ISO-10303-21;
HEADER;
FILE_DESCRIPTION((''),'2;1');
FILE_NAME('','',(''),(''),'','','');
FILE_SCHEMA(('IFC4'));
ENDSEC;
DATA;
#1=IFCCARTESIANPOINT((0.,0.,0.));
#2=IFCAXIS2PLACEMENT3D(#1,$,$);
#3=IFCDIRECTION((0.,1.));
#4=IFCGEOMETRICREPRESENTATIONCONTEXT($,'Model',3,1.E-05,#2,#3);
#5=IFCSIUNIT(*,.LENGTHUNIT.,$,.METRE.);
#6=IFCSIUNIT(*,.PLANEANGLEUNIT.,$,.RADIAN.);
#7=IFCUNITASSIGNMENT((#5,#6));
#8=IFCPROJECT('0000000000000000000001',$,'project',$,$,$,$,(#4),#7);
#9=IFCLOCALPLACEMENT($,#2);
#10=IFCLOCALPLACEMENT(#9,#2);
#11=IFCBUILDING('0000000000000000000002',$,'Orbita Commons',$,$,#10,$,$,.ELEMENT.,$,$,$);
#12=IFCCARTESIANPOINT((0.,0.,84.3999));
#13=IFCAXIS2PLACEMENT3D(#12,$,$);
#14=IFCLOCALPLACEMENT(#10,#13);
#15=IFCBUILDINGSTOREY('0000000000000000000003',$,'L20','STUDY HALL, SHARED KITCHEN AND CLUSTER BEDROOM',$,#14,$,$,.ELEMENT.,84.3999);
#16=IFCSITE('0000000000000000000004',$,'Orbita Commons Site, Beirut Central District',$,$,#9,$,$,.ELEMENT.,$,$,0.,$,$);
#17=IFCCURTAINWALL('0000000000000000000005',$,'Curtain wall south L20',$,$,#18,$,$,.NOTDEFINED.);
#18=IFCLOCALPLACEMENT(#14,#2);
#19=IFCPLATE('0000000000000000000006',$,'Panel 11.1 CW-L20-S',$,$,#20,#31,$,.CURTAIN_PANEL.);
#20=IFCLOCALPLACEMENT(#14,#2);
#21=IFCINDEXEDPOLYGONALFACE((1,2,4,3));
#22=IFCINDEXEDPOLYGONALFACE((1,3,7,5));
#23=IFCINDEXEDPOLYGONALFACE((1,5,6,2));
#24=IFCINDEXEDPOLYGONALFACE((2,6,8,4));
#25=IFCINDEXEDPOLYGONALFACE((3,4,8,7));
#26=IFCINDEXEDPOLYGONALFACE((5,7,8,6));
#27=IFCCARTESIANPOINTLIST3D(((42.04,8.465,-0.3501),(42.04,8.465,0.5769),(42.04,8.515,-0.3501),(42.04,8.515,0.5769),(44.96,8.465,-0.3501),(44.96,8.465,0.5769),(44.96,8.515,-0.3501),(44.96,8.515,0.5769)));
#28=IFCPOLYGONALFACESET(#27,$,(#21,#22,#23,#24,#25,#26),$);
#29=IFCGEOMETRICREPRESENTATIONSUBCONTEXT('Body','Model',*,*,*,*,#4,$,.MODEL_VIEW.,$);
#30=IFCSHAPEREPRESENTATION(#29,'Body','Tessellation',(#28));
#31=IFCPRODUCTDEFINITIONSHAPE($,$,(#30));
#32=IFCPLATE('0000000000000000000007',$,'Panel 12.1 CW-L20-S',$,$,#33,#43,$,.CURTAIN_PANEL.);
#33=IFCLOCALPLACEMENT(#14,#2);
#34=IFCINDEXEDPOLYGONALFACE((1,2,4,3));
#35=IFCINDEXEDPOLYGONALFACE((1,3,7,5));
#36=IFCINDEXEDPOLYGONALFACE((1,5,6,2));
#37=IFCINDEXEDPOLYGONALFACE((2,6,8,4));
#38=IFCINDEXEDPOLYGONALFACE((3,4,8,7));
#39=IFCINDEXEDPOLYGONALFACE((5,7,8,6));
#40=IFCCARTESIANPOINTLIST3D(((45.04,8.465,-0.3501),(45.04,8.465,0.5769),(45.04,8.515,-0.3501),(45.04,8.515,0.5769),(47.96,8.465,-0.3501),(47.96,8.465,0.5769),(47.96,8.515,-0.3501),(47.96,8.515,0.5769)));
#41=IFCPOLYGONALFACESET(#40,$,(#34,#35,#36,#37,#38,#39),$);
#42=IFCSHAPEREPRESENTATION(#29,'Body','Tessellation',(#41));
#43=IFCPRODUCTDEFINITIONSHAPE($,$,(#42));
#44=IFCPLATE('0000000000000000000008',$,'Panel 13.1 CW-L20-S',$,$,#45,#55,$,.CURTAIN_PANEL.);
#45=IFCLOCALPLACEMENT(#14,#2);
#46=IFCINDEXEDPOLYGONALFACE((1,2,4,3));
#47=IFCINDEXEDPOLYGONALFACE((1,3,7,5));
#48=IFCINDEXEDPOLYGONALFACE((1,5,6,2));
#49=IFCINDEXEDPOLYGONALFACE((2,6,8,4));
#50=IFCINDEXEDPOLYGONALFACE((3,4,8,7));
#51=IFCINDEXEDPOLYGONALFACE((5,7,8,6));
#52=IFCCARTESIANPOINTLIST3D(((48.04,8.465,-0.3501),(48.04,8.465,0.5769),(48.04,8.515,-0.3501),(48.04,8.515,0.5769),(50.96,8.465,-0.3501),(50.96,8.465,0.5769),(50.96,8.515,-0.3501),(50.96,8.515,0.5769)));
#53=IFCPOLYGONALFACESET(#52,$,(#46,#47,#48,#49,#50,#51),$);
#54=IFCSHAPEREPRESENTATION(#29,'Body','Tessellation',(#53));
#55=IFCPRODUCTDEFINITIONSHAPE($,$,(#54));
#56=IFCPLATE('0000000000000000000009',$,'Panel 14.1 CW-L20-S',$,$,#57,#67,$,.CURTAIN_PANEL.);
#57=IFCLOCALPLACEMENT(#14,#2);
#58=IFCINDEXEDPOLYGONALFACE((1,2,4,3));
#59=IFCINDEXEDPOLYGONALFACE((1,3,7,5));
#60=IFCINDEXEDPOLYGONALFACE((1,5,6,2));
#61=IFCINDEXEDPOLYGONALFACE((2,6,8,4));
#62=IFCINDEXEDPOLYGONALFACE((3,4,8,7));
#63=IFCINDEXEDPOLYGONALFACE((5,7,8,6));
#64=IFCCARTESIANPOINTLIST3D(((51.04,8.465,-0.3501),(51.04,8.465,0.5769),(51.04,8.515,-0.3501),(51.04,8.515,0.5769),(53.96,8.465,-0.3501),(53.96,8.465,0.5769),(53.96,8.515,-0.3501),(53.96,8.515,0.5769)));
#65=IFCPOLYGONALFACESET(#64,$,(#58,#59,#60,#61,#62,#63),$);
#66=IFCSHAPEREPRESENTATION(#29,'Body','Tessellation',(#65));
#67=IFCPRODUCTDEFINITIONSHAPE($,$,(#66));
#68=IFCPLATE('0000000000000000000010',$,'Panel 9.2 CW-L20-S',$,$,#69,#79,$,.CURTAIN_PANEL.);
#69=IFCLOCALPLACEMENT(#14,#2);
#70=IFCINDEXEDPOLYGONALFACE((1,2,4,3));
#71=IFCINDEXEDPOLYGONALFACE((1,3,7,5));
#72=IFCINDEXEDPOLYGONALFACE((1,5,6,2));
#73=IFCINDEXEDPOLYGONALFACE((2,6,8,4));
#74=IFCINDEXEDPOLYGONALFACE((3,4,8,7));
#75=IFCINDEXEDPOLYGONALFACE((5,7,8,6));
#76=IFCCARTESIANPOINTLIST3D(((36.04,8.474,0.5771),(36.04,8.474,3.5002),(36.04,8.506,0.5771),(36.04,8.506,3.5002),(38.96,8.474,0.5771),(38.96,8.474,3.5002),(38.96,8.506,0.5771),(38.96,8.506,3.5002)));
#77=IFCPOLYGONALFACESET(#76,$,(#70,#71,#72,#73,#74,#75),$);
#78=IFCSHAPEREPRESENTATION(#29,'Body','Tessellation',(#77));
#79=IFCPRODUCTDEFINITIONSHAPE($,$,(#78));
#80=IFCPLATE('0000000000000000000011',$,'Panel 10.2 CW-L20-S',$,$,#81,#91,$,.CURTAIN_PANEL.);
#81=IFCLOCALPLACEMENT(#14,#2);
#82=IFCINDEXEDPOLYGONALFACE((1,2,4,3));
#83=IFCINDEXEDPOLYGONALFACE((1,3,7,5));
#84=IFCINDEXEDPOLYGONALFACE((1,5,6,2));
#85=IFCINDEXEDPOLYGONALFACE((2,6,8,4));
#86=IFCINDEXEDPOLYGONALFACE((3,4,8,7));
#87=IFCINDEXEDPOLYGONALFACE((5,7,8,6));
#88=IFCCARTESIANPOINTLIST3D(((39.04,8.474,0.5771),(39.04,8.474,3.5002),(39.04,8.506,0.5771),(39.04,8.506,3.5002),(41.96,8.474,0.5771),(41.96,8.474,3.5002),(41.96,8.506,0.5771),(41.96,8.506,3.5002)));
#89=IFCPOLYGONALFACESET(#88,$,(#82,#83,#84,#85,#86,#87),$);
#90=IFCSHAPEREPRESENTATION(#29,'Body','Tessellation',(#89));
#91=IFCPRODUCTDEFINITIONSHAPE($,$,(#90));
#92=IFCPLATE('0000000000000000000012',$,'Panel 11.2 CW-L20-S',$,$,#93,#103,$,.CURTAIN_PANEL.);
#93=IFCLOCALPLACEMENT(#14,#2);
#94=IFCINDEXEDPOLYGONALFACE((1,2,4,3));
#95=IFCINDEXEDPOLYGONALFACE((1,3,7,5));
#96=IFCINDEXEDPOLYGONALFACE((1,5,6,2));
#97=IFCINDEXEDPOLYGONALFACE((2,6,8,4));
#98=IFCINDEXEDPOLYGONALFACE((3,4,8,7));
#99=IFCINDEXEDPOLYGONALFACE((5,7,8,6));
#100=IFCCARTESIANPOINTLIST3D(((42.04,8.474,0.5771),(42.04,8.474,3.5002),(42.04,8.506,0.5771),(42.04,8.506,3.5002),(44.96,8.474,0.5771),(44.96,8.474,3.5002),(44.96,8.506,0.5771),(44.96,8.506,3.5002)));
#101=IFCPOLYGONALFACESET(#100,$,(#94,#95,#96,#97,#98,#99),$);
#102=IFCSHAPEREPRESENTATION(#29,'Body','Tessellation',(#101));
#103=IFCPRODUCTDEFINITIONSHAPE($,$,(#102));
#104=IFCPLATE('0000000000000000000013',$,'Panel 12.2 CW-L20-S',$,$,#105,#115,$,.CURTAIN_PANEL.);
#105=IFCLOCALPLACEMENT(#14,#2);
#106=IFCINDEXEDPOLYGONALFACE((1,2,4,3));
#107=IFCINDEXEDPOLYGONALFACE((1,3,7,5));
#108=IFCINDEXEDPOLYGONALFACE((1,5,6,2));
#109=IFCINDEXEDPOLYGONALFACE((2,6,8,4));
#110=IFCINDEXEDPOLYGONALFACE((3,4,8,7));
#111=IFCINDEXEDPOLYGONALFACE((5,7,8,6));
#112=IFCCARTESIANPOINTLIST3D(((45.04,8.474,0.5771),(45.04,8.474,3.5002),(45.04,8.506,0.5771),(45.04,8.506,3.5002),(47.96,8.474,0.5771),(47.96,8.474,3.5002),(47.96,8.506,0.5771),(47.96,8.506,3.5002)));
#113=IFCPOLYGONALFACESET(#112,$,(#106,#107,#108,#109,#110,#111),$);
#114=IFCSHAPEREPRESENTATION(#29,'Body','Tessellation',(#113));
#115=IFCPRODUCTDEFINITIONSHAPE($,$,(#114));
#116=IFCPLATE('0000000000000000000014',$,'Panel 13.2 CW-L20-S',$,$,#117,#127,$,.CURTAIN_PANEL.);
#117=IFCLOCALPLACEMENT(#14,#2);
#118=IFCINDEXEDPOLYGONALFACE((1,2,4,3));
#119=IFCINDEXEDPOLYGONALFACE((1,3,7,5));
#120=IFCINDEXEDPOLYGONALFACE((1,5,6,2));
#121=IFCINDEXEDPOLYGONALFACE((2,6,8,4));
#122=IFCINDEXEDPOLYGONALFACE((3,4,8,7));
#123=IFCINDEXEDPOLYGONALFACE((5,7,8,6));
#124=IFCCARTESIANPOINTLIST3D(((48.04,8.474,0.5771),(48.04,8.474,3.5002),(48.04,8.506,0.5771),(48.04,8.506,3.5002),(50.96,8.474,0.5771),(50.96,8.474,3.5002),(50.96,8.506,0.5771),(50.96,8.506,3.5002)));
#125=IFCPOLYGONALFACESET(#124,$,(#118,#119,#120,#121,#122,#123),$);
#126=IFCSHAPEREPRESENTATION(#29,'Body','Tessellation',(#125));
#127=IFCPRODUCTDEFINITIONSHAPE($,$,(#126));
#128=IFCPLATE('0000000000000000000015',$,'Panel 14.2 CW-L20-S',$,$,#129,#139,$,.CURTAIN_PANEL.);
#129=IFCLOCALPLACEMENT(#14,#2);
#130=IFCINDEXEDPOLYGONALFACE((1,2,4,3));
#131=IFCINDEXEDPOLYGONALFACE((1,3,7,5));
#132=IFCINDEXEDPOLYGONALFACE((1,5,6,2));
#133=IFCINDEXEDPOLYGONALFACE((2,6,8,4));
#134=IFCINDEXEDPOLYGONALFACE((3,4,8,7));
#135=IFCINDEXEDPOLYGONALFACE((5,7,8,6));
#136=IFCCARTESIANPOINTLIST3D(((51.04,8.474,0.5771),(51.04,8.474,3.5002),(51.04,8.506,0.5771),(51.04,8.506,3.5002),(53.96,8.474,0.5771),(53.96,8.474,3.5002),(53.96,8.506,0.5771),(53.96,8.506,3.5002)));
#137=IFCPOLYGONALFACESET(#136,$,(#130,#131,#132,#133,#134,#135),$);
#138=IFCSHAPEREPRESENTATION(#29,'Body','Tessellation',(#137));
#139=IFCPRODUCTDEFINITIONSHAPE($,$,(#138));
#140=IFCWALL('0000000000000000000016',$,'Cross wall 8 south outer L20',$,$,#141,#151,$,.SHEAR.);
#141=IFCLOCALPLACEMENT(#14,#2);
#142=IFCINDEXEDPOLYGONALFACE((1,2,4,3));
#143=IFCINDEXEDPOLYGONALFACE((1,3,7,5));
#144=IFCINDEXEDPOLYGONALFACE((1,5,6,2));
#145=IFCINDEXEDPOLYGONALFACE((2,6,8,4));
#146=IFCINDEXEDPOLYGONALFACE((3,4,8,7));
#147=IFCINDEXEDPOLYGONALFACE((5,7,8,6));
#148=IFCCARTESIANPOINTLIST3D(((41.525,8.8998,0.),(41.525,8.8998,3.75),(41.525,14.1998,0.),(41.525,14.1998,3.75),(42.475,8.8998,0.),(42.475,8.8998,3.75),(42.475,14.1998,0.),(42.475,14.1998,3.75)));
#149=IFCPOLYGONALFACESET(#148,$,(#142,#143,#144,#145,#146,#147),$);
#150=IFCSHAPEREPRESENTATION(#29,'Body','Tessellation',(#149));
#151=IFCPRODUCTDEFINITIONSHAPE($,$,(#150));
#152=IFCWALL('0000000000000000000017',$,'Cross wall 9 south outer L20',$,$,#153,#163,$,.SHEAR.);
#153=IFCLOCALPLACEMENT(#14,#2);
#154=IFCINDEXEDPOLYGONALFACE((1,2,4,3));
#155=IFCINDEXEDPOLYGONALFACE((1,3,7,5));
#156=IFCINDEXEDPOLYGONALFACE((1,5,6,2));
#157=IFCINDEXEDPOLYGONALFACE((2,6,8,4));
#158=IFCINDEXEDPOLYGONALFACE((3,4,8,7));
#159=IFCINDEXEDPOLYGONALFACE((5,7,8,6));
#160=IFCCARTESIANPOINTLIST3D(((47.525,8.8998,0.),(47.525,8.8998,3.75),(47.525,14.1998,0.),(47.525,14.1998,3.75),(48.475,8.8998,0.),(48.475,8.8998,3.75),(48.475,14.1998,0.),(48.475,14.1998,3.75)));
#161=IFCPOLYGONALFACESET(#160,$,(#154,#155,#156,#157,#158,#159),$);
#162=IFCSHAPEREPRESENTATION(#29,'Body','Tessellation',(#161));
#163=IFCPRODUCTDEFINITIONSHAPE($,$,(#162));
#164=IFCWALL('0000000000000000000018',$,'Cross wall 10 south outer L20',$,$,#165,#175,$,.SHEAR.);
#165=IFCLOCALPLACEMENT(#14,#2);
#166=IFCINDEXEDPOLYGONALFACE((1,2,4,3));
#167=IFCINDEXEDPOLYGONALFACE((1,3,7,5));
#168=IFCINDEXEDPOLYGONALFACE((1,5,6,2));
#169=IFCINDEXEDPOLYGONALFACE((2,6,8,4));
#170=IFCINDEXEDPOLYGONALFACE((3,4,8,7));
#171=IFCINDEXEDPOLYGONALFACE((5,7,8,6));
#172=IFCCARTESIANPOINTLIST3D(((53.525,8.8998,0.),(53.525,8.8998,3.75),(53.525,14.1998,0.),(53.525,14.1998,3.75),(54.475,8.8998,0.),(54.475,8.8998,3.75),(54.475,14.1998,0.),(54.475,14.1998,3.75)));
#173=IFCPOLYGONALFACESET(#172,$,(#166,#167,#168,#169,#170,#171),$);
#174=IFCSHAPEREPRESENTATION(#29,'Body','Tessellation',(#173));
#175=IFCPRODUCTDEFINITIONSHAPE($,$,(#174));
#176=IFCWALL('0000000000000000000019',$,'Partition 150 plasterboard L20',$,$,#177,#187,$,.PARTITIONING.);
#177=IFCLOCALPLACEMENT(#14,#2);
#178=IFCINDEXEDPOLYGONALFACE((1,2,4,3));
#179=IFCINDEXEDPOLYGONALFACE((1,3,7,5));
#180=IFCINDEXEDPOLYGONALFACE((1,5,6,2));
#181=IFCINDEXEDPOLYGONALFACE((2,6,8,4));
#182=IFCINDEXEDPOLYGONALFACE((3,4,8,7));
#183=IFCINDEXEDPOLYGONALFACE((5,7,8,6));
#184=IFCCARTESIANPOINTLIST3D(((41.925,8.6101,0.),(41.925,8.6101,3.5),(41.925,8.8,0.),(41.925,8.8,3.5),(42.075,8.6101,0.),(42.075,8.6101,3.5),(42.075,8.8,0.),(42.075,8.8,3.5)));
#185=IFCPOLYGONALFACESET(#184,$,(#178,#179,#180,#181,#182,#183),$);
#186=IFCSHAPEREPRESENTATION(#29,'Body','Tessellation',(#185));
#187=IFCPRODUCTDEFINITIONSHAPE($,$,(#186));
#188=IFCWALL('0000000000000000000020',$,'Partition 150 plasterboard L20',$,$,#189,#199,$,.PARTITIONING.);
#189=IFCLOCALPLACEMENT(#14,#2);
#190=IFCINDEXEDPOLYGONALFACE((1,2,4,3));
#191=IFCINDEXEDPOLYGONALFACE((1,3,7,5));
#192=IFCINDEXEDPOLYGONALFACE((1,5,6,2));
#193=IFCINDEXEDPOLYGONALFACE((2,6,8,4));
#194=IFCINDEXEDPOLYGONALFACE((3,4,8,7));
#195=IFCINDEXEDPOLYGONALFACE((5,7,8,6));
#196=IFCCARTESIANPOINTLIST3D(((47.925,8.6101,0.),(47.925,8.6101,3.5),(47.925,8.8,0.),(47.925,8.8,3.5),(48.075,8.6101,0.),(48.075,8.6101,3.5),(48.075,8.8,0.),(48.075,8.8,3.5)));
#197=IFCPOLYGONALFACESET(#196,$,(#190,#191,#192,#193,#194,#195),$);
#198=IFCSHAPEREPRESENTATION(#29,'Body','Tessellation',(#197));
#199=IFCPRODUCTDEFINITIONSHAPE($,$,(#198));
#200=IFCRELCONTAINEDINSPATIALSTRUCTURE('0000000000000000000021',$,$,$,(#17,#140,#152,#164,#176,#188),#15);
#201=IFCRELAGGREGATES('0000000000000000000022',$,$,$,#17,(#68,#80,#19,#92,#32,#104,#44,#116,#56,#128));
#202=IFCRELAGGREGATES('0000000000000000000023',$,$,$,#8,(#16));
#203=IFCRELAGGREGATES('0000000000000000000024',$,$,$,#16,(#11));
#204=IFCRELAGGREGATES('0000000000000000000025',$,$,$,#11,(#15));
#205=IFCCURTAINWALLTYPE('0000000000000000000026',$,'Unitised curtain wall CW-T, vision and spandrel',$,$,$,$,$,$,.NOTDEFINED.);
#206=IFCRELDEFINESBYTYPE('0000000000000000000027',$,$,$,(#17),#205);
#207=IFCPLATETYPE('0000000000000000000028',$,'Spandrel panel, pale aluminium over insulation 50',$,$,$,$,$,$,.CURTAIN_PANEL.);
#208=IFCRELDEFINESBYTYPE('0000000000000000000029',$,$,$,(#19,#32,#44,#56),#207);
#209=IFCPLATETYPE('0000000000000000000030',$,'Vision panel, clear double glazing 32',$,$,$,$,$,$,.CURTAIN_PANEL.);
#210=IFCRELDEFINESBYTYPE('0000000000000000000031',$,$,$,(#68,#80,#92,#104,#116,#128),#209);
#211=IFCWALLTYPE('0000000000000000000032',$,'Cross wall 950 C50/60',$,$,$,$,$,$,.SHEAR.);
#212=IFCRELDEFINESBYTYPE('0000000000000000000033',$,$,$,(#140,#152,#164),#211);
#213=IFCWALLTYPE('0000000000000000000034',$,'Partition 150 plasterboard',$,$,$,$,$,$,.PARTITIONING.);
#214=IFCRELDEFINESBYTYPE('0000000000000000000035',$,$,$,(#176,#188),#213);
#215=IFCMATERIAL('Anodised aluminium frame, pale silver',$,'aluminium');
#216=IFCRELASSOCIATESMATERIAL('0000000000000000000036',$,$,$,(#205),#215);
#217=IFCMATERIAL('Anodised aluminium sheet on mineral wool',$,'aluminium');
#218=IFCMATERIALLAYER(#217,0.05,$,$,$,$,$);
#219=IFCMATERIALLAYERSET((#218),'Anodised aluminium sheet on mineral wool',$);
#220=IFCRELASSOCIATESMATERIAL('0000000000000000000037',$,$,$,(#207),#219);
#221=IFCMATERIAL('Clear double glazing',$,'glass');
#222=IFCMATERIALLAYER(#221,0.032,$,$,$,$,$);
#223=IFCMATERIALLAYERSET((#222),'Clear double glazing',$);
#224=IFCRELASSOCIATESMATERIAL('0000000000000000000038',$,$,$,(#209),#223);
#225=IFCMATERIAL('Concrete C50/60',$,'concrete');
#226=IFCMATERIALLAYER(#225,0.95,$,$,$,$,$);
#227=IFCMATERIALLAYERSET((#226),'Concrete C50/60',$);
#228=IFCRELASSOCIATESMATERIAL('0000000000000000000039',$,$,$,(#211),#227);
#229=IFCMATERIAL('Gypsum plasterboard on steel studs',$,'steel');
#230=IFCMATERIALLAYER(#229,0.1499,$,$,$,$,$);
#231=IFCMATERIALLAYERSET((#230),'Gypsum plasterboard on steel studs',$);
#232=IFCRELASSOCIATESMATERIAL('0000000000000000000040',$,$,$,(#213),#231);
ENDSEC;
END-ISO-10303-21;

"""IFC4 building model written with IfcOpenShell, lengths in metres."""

from ifc_helpers import new_model, si_unit, direction, frame, frame_2d, origin, origin_2d, place, context, subcontext, project, spatial, rectangle, extrude, material, layer, layer_set, type_object, element, aggregate, save


model = new_model("IFC4")

# Units and contexts
model_context = context("Model", 3, precision=1e-05, world=origin(), true_north=direction((0.0, 1.0)))
body_context = subcontext(model_context, "Body", "Model", "MODEL_VIEW")
ifc_project = project(units=[si_unit("LENGTHUNIT", "METRE"), si_unit("PLANEANGLEUNIT", "RADIAN")], contexts=[model_context])

# Site, building, storey
site_placement = place(None, origin())
site = spatial("IfcSite", under=ifc_project, at=site_placement, Name="Orbita Commons Site, Beirut Central District", CompositionType="ELEMENT", RefElevation=0.0)
building_placement = place(site_placement, origin())
building = spatial("IfcBuilding", under=site, at=building_placement, Name="Orbita Commons", CompositionType="ELEMENT")
storey_placement = place(building_placement, frame((0.0, 0.0, 84.3999)))
storey = spatial("IfcBuildingStorey", under=building, at=storey_placement, Name="L20", Description="STUDY HALL, SHARED KITCHEN AND CLUSTER BEDROOM", CompositionType="ELEMENT", Elevation=84.3999)

# Curtain wall, plates
ifc_material_1 = material(Name="Anodised aluminium frame, pale silver", Category="aluminium")
curtain_wall_type = type_object("IfcCurtainWallType", Name="Unitised curtain wall CW-T, vision and spandrel", PredefinedType="NOTDEFINED", material=ifc_material_1)
curtain_wall_placement = place(storey_placement, origin())
curtain_wall = element("IfcCurtainWall", 1, at=curtain_wall_placement, inside=storey, type_object=curtain_wall_type, Name="Curtain wall south L20", PredefinedType="NOTDEFINED")
ifc_material_2 = material(Name="Anodised aluminium sheet on mineral wool", Category="aluminium")
ifc_layer_1 = layer(ifc_material_2, 0.05)
ifc_layer_set_1 = layer_set([ifc_layer_1], Name="Anodised aluminium sheet on mineral wool")
plate_type_1 = type_object("IfcPlateType", Name="Spandrel panel, pale aluminium over insulation 50", PredefinedType="CURTAIN_PANEL", material=ifc_layer_set_1)
plate_1_placement = place(storey_placement, frame((43.5, 8.49, -0.3501), z_axis=(0.0, 0.0, 1.0), x_axis=(1.0, 0.0, 0.0)))
plate_1 = element("IfcPlate", 2, at=plate_1_placement, type_object=plate_type_1, Name="Panel 11.1 CW-L20-S", PredefinedType="CURTAIN_PANEL", context=body_context, shape_type="SweptSolid", body=[
    extrude(rectangle(XDim=2.9199, YDim=0.05, at=origin_2d()), origin(), (0.0, 0.0, 1.0), 0.927),
])
plate_2_placement = place(storey_placement, frame((46.5, 8.49, -0.3501), z_axis=(0.0, 0.0, 1.0), x_axis=(1.0, 0.0, 0.0)))
plate_2 = element("IfcPlate", 3, at=plate_2_placement, type_object=plate_type_1, Name="Panel 12.1 CW-L20-S", PredefinedType="CURTAIN_PANEL", context=body_context, shape_type="SweptSolid", body=[
    extrude(rectangle(XDim=2.9199, YDim=0.05, at=origin_2d()), origin(), (0.0, 0.0, 1.0), 0.927),
])
plate_3_placement = place(storey_placement, frame((49.5, 8.49, -0.3501), z_axis=(0.0, 0.0, 1.0), x_axis=(1.0, 0.0, 0.0)))
plate_3 = element("IfcPlate", 4, at=plate_3_placement, type_object=plate_type_1, Name="Panel 13.1 CW-L20-S", PredefinedType="CURTAIN_PANEL", context=body_context, shape_type="SweptSolid", body=[
    extrude(rectangle(XDim=2.9199, YDim=0.05, at=origin_2d()), origin(), (0.0, 0.0, 1.0), 0.927),
])
plate_4_placement = place(storey_placement, frame((52.5, 8.49, -0.3501), z_axis=(0.0, 0.0, 1.0), x_axis=(1.0, 0.0, 0.0)))
plate_4 = element("IfcPlate", 5, at=plate_4_placement, type_object=plate_type_1, Name="Panel 14.1 CW-L20-S", PredefinedType="CURTAIN_PANEL", context=body_context, shape_type="SweptSolid", body=[
    extrude(rectangle(XDim=2.9199, YDim=0.05, at=origin_2d()), origin(), (0.0, 0.0, 1.0), 0.927),
])
ifc_material_3 = material(Name="Clear double glazing", Category="glass")
ifc_layer_2 = layer(ifc_material_3, 0.032)
ifc_layer_set_2 = layer_set([ifc_layer_2], Name="Clear double glazing")
plate_type_2 = type_object("IfcPlateType", Name="Vision panel, clear double glazing 32", PredefinedType="CURTAIN_PANEL", material=ifc_layer_set_2)
plate_5_placement = place(storey_placement, frame((37.5, 8.49, 0.5771), z_axis=(0.0, 0.0, 1.0), x_axis=(1.0, 0.0, 0.0)))
plate_5 = element("IfcPlate", 6, at=plate_5_placement, type_object=plate_type_2, Name="Panel 9.2 CW-L20-S", PredefinedType="CURTAIN_PANEL", context=body_context, shape_type="SweptSolid", body=[
    extrude(rectangle(XDim=2.9199, YDim=0.032, at=origin_2d()), origin(), (0.0, 0.0, 1.0), 2.9231),
])
plate_6_placement = place(storey_placement, frame((40.5, 8.49, 0.5771), z_axis=(0.0, 0.0, 1.0), x_axis=(1.0, 0.0, 0.0)))
plate_6 = element("IfcPlate", 7, at=plate_6_placement, type_object=plate_type_2, Name="Panel 10.2 CW-L20-S", PredefinedType="CURTAIN_PANEL", context=body_context, shape_type="SweptSolid", body=[
    extrude(rectangle(XDim=2.9199, YDim=0.032, at=origin_2d()), origin(), (0.0, 0.0, 1.0), 2.9231),
])
plate_7_placement = place(storey_placement, frame((43.5, 8.49, 0.5771), z_axis=(0.0, 0.0, 1.0), x_axis=(1.0, 0.0, 0.0)))
plate_7 = element("IfcPlate", 8, at=plate_7_placement, type_object=plate_type_2, Name="Panel 11.2 CW-L20-S", PredefinedType="CURTAIN_PANEL", context=body_context, shape_type="SweptSolid", body=[
    extrude(rectangle(XDim=2.9199, YDim=0.032, at=origin_2d()), origin(), (0.0, 0.0, 1.0), 2.9231),
])
plate_8_placement = place(storey_placement, frame((46.5, 8.49, 0.5771), z_axis=(0.0, 0.0, 1.0), x_axis=(1.0, 0.0, 0.0)))
plate_8 = element("IfcPlate", 9, at=plate_8_placement, type_object=plate_type_2, Name="Panel 12.2 CW-L20-S", PredefinedType="CURTAIN_PANEL", context=body_context, shape_type="SweptSolid", body=[
    extrude(rectangle(XDim=2.9199, YDim=0.032, at=origin_2d()), origin(), (0.0, 0.0, 1.0), 2.9231),
])
plate_9_placement = place(storey_placement, frame((49.5, 8.49, 0.5771), z_axis=(0.0, 0.0, 1.0), x_axis=(1.0, 0.0, 0.0)))
plate_9 = element("IfcPlate", 10, at=plate_9_placement, type_object=plate_type_2, Name="Panel 13.2 CW-L20-S", PredefinedType="CURTAIN_PANEL", context=body_context, shape_type="SweptSolid", body=[
    extrude(rectangle(XDim=2.9199, YDim=0.032, at=origin_2d()), origin(), (0.0, 0.0, 1.0), 2.9231),
])
plate_10_placement = place(storey_placement, frame((52.5, 8.49, 0.5771), z_axis=(0.0, 0.0, 1.0), x_axis=(1.0, 0.0, 0.0)))
plate_10 = element("IfcPlate", 11, at=plate_10_placement, type_object=plate_type_2, Name="Panel 14.2 CW-L20-S", PredefinedType="CURTAIN_PANEL", context=body_context, shape_type="SweptSolid", body=[
    extrude(rectangle(XDim=2.9199, YDim=0.032, at=origin_2d()), origin(), (0.0, 0.0, 1.0), 2.9231),
])
aggregate(curtain_wall, [plate_5, plate_6, plate_1, plate_7, plate_2, plate_8, plate_3, plate_9, plate_4, plate_10])

# Walls
ifc_material_4 = material(Name="Concrete C50/60", Category="concrete")
ifc_layer_3 = layer(ifc_material_4, 0.95)
ifc_layer_set_3 = layer_set([ifc_layer_3], Name="Concrete C50/60")
wall_type_1 = type_object("IfcWallType", Name="Cross wall 950 C50/60", PredefinedType="SHEAR", material=ifc_layer_set_3)
for number, where, z_axis, x_axis, name in (
    (12, (42.0, 8.8999, 0.0), (0.0, 0.0, 1.0), (0.0, 1.0, 0.0), "Cross wall 8 south outer L20"),
    (13, (48.0, 8.8999, 0.0), (0.0, 0.0, 1.0), (0.0, 1.0, 0.0), "Cross wall 9 south outer L20"),
    (14, (54.0, 8.8999, 0.0), (0.0, 0.0, 1.0), (0.0, 1.0, 0.0), "Cross wall 10 south outer L20"),
):
    element("IfcWall", number, at=place(storey_placement, frame(where, z_axis=z_axis, x_axis=x_axis)), inside=storey, type_object=wall_type_1, Name=name, PredefinedType="SHEAR", context=body_context, shape_type="SweptSolid", body=[
        extrude(rectangle(XDim=5.3, YDim=0.95, at=frame_2d((2.6499, 0.0))), origin(), (0.0, 0.0, 1.0), 3.75),
    ])
ifc_material_5 = material(Name="Gypsum plasterboard on steel studs", Category="steel")
ifc_layer_4 = layer(ifc_material_5, 0.1499)
ifc_layer_set_4 = layer_set([ifc_layer_4], Name="Gypsum plasterboard on steel studs")
wall_type_2 = type_object("IfcWallType", Name="Partition 150 plasterboard", PredefinedType="PARTITIONING", material=ifc_layer_set_4)
for number, where, z_axis, x_axis, name in (
    (15, (42.0, 8.8, 0.0), (0.0, 0.0, 1.0), (0.0, -1.0, 0.0), "Partition 150 plasterboard L20"),
    (16, (48.0, 8.8, 0.0), (0.0, 0.0, 1.0), (0.0, -1.0, 0.0), "Partition 150 plasterboard L20"),
):
    element("IfcWall", number, at=place(storey_placement, frame(where, z_axis=z_axis, x_axis=x_axis)), inside=storey, type_object=wall_type_2, Name=name, PredefinedType="PARTITIONING", context=body_context, shape_type="SweptSolid", body=[
        extrude(rectangle(XDim=0.1899, YDim=0.1499, at=frame_2d((0.095, 0.0))), origin(), (0.0, 0.0, 1.0), 3.5),
    ])

save(model, "model.ifc")
